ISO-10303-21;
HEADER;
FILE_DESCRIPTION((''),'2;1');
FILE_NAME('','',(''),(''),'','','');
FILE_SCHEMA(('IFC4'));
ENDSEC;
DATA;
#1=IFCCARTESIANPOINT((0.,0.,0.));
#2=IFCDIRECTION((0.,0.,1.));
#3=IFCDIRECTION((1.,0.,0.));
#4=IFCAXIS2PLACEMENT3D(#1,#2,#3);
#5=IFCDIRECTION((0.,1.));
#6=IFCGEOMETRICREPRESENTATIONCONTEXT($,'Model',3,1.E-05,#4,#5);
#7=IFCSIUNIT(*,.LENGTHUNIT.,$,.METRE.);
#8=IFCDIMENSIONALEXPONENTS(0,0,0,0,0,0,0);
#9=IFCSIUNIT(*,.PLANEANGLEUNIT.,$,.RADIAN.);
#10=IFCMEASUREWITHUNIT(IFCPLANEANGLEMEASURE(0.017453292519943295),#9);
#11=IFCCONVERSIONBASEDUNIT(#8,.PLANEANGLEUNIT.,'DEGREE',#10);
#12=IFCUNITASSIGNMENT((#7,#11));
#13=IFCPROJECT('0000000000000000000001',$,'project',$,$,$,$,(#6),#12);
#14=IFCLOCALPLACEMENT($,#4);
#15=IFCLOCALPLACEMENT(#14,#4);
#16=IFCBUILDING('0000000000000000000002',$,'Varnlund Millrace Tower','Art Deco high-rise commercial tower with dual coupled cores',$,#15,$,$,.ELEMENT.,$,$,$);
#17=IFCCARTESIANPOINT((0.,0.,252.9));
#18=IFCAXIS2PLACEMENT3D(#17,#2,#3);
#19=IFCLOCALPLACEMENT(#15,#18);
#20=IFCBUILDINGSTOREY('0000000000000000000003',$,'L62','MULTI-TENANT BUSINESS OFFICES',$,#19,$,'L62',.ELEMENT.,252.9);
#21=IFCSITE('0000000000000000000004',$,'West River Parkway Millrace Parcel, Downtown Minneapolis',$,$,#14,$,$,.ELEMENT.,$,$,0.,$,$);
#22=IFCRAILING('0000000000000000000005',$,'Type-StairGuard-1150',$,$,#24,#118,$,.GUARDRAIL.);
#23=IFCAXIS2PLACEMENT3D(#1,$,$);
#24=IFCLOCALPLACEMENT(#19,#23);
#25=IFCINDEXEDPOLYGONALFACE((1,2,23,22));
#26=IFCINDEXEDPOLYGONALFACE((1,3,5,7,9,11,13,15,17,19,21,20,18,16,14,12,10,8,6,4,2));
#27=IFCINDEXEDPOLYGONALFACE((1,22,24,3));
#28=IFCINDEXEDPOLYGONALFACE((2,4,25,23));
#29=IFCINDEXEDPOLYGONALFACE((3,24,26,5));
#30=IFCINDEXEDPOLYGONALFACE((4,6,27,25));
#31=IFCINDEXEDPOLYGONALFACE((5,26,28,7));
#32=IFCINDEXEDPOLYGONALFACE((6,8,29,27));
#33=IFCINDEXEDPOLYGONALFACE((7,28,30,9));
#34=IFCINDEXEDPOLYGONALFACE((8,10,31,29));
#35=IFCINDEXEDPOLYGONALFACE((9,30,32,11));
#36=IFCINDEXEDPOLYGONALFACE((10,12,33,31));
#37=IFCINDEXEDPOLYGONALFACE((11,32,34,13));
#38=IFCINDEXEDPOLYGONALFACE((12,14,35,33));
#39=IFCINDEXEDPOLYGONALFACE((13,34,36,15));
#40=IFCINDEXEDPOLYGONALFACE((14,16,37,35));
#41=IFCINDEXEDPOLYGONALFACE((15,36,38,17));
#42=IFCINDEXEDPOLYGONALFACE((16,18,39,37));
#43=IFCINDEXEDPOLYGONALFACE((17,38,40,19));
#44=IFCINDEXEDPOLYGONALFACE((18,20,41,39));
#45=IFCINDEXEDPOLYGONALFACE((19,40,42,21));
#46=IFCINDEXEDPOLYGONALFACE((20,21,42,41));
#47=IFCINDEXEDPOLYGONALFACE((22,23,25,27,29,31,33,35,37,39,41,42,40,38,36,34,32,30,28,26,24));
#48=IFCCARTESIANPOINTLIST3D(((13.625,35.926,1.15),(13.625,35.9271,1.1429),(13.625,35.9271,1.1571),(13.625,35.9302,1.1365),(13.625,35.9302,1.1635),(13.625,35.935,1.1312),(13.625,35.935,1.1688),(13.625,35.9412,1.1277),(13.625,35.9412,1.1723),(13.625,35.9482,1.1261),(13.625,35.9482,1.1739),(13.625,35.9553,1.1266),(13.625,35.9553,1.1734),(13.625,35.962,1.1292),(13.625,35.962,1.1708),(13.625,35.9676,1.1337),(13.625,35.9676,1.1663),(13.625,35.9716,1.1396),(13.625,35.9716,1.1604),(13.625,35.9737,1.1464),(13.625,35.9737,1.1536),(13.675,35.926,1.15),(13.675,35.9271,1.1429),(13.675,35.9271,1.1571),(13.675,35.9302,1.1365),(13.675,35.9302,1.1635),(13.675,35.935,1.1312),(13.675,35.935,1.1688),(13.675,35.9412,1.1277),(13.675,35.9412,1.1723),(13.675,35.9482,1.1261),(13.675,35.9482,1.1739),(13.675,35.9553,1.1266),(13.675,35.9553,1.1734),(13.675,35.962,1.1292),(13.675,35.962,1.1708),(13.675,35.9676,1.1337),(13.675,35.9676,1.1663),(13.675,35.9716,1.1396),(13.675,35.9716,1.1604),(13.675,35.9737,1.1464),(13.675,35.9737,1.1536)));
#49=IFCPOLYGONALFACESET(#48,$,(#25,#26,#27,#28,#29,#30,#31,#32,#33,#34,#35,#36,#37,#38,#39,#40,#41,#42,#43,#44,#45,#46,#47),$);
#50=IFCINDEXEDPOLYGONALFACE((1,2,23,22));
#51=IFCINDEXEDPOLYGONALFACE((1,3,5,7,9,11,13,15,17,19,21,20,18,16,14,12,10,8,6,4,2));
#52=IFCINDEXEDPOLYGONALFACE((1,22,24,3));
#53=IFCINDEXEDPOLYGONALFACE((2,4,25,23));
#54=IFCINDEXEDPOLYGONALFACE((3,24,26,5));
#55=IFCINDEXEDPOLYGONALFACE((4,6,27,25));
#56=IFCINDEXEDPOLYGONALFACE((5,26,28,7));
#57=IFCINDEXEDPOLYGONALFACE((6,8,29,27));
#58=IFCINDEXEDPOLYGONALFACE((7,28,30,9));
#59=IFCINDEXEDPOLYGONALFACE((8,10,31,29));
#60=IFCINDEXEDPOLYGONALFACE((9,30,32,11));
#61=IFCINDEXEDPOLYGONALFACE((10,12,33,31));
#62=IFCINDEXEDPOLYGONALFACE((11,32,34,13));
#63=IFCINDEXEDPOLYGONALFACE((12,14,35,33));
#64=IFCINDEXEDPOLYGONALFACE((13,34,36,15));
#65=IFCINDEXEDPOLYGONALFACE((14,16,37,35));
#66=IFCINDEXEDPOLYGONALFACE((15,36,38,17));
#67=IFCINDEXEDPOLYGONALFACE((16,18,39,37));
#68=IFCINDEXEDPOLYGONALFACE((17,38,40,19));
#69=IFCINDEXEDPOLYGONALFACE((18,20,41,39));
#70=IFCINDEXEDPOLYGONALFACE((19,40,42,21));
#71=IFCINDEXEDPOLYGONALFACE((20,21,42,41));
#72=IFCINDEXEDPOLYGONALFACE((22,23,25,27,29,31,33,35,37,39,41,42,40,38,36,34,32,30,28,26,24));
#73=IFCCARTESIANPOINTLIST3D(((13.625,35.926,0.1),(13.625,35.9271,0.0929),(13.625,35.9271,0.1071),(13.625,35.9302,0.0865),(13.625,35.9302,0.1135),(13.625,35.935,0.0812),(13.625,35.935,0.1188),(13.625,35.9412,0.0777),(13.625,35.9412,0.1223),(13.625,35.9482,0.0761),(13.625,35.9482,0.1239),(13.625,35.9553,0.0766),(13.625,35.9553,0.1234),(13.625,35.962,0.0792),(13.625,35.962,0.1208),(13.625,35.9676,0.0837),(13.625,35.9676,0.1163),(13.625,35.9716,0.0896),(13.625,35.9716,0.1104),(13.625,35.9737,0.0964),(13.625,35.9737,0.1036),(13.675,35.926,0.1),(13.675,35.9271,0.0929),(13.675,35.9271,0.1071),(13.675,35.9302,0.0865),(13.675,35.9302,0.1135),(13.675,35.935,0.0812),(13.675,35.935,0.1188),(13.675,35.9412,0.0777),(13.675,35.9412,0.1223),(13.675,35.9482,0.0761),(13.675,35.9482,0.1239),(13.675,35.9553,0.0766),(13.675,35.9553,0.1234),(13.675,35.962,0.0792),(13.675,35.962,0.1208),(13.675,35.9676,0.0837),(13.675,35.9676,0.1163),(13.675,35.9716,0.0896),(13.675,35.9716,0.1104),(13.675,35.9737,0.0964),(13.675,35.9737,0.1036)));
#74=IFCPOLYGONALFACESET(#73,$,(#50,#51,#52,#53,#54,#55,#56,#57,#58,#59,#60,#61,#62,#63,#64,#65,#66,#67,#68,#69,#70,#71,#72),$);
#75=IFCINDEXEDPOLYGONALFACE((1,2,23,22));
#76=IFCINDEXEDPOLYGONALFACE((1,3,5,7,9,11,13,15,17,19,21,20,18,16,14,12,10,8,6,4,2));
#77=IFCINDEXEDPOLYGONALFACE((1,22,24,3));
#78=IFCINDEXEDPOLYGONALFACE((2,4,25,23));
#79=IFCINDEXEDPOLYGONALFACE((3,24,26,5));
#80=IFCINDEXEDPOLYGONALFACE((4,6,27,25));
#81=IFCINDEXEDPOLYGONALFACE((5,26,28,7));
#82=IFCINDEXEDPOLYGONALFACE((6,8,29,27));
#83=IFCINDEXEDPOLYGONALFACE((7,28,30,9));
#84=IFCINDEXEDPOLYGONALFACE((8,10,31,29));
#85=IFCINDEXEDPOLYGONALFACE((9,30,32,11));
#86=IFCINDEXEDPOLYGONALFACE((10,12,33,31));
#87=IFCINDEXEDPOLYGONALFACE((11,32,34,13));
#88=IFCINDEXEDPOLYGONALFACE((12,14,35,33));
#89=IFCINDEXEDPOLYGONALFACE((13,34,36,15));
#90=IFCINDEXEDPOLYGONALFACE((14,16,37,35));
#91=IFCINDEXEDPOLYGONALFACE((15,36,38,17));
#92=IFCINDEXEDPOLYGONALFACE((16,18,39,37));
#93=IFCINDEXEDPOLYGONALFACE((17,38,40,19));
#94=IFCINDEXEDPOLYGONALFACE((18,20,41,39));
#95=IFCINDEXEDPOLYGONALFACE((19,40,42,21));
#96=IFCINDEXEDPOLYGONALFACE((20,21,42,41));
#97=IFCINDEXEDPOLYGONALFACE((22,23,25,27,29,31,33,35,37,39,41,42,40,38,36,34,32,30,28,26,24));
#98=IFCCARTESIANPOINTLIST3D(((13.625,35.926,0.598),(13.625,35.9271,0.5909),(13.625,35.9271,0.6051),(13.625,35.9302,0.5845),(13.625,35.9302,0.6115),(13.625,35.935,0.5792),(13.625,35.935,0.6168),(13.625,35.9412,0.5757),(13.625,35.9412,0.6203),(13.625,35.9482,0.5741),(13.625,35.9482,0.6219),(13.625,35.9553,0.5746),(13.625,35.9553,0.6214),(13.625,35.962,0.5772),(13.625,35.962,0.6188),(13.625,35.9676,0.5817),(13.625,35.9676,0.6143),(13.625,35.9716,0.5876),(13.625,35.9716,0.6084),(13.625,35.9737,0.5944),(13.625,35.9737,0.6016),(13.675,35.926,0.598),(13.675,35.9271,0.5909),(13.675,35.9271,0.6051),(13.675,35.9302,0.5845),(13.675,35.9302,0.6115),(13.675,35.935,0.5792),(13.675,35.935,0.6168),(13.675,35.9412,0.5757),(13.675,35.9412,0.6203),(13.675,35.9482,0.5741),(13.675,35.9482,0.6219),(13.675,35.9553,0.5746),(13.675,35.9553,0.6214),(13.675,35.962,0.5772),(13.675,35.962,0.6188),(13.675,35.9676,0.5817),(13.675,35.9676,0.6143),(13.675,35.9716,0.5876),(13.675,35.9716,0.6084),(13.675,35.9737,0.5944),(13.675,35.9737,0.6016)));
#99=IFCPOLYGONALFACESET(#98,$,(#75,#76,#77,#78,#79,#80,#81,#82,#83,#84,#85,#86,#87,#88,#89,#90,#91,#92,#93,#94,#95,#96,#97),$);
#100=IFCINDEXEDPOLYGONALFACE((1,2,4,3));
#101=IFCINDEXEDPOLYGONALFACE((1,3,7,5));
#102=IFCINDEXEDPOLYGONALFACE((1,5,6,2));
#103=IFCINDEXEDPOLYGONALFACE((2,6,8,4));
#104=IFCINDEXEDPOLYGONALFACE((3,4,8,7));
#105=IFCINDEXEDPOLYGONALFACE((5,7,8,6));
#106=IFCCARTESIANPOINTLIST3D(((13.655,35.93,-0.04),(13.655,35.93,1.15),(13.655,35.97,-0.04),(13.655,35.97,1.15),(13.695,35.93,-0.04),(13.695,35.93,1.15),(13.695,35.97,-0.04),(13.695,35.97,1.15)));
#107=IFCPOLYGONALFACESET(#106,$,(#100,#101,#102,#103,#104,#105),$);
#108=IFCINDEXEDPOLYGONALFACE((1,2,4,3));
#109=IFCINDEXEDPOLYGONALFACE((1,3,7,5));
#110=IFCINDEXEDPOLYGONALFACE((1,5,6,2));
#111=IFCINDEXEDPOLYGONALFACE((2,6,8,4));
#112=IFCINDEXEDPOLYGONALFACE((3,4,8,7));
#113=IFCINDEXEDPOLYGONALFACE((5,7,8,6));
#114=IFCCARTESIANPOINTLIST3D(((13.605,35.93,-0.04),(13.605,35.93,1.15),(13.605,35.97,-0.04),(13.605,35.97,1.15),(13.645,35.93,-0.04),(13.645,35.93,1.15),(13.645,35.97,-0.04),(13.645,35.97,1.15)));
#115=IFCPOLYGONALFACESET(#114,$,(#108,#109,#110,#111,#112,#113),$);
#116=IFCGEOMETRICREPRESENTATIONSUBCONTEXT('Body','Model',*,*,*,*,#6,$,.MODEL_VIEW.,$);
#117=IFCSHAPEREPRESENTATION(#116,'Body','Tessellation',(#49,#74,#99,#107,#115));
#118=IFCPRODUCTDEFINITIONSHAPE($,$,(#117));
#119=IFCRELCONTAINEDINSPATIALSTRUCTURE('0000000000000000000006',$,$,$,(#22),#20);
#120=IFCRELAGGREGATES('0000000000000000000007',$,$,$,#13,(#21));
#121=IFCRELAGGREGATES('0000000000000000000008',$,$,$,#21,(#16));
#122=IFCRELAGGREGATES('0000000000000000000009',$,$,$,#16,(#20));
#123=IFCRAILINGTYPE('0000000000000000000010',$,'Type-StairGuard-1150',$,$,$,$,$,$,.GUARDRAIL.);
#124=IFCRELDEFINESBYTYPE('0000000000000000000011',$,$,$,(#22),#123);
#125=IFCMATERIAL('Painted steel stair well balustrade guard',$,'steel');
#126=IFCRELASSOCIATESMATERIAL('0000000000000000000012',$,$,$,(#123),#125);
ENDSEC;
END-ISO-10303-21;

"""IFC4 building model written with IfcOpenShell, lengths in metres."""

from ifc_helpers import new_model, entity, si_unit, converted_unit, direction, frame, origin_with_axes, origin_2d_with_axis, place, context, subcontext, project, spatial, rectangle, circle, extrude, material, type_object, element, save


model = new_model("IFC4")

# Units and contexts
model_context = context("Model", 3, precision=1e-05, world=origin_with_axes(), true_north=direction((0.0, 1.0)))
body_context = subcontext(model_context, "Body", "Model", "MODEL_VIEW")
ifc_project = project(units=[si_unit("LENGTHUNIT", "METRE"), converted_unit("PLANEANGLEUNIT", "DEGREE", entity("IfcPlaneAngleMeasure", 0.017453292519943295), si_unit("PLANEANGLEUNIT", "RADIAN"), dimensions=[0, 0, 0, 0, 0, 0, 0])], contexts=[model_context])

# Site, building, storey
site_placement = place(None, origin_with_axes())
site = spatial("IfcSite", under=ifc_project, at=site_placement, Name="West River Parkway Millrace Parcel, Downtown Minneapolis", CompositionType="ELEMENT", RefElevation=0.0)
building_placement = place(site_placement, origin_with_axes())
building = spatial("IfcBuilding", under=site, at=building_placement, Name="Varnlund Millrace Tower", Description="Art Deco high-rise commercial tower with dual coupled cores", CompositionType="ELEMENT")
storey_placement = place(building_placement, frame((0.0, 0.0, 252.9), z_axis=(0.0, 0.0, 1.0), x_axis=(1.0, 0.0, 0.0)))
storey = spatial("IfcBuildingStorey", under=building, at=storey_placement, Name="L62", Description="MULTI-TENANT BUSINESS OFFICES", LongName="L62", CompositionType="ELEMENT", Elevation=252.9)

# Railing
ifc_material_1 = material(Name="Painted steel stair well balustrade guard", Category="steel")
railing_type_1 = type_object("IfcRailingType", Name="Type-StairGuard-1150", PredefinedType="GUARDRAIL", material=ifc_material_1)
railing_1_placement = place(storey_placement, frame((0.0, 0.0, -252.9), z_axis=(0.0, 0.0, 1.0), x_axis=(1.0, 0.0, 0.0)))
element("IfcRailing", 1, at=railing_1_placement, inside=storey, type_object=railing_type_1, Name="Type-StairGuard-1150", PredefinedType="GUARDRAIL", context=body_context, shape_type="SweptSolid", body=[
    extrude(circle(Radius=0.024, at=origin_2d_with_axis()), frame((13.675, 35.95, 254.05), z_axis=(-1.0, 0.0, 0.0), x_axis=(0.0, -1.0, 0.0)), (0.0, 0.0, 1.0), 0.05),
    extrude(circle(Radius=0.024, at=origin_2d_with_axis()), frame((13.675, 35.95, 253.0), z_axis=(-1.0, 0.0, 0.0), x_axis=(0.0, -1.0, 0.0)), (0.0, 0.0, 1.0), 0.05),
    extrude(circle(Radius=0.024, at=origin_2d_with_axis()), frame((13.675, 35.95, 253.498), z_axis=(-1.0, 0.0, 0.0), x_axis=(0.0, -1.0, 0.0)), (0.0, 0.0, 1.0), 0.05),
    extrude(rectangle(XDim=0.04, YDim=0.04, at=origin_2d_with_axis()), frame((13.675, 35.95, 252.86), z_axis=(0.0, 0.0, 1.0), x_axis=(1.0, 0.0, 0.0)), (0.0, 0.0, 1.0), 1.19),
    extrude(rectangle(XDim=0.04, YDim=0.04, at=origin_2d_with_axis()), frame((13.625, 35.95, 252.86), z_axis=(0.0, 0.0, 1.0), x_axis=(1.0, 0.0, 0.0)), (0.0, 0.0, 1.0), 1.19),
])

save(model, "model.ifc")
